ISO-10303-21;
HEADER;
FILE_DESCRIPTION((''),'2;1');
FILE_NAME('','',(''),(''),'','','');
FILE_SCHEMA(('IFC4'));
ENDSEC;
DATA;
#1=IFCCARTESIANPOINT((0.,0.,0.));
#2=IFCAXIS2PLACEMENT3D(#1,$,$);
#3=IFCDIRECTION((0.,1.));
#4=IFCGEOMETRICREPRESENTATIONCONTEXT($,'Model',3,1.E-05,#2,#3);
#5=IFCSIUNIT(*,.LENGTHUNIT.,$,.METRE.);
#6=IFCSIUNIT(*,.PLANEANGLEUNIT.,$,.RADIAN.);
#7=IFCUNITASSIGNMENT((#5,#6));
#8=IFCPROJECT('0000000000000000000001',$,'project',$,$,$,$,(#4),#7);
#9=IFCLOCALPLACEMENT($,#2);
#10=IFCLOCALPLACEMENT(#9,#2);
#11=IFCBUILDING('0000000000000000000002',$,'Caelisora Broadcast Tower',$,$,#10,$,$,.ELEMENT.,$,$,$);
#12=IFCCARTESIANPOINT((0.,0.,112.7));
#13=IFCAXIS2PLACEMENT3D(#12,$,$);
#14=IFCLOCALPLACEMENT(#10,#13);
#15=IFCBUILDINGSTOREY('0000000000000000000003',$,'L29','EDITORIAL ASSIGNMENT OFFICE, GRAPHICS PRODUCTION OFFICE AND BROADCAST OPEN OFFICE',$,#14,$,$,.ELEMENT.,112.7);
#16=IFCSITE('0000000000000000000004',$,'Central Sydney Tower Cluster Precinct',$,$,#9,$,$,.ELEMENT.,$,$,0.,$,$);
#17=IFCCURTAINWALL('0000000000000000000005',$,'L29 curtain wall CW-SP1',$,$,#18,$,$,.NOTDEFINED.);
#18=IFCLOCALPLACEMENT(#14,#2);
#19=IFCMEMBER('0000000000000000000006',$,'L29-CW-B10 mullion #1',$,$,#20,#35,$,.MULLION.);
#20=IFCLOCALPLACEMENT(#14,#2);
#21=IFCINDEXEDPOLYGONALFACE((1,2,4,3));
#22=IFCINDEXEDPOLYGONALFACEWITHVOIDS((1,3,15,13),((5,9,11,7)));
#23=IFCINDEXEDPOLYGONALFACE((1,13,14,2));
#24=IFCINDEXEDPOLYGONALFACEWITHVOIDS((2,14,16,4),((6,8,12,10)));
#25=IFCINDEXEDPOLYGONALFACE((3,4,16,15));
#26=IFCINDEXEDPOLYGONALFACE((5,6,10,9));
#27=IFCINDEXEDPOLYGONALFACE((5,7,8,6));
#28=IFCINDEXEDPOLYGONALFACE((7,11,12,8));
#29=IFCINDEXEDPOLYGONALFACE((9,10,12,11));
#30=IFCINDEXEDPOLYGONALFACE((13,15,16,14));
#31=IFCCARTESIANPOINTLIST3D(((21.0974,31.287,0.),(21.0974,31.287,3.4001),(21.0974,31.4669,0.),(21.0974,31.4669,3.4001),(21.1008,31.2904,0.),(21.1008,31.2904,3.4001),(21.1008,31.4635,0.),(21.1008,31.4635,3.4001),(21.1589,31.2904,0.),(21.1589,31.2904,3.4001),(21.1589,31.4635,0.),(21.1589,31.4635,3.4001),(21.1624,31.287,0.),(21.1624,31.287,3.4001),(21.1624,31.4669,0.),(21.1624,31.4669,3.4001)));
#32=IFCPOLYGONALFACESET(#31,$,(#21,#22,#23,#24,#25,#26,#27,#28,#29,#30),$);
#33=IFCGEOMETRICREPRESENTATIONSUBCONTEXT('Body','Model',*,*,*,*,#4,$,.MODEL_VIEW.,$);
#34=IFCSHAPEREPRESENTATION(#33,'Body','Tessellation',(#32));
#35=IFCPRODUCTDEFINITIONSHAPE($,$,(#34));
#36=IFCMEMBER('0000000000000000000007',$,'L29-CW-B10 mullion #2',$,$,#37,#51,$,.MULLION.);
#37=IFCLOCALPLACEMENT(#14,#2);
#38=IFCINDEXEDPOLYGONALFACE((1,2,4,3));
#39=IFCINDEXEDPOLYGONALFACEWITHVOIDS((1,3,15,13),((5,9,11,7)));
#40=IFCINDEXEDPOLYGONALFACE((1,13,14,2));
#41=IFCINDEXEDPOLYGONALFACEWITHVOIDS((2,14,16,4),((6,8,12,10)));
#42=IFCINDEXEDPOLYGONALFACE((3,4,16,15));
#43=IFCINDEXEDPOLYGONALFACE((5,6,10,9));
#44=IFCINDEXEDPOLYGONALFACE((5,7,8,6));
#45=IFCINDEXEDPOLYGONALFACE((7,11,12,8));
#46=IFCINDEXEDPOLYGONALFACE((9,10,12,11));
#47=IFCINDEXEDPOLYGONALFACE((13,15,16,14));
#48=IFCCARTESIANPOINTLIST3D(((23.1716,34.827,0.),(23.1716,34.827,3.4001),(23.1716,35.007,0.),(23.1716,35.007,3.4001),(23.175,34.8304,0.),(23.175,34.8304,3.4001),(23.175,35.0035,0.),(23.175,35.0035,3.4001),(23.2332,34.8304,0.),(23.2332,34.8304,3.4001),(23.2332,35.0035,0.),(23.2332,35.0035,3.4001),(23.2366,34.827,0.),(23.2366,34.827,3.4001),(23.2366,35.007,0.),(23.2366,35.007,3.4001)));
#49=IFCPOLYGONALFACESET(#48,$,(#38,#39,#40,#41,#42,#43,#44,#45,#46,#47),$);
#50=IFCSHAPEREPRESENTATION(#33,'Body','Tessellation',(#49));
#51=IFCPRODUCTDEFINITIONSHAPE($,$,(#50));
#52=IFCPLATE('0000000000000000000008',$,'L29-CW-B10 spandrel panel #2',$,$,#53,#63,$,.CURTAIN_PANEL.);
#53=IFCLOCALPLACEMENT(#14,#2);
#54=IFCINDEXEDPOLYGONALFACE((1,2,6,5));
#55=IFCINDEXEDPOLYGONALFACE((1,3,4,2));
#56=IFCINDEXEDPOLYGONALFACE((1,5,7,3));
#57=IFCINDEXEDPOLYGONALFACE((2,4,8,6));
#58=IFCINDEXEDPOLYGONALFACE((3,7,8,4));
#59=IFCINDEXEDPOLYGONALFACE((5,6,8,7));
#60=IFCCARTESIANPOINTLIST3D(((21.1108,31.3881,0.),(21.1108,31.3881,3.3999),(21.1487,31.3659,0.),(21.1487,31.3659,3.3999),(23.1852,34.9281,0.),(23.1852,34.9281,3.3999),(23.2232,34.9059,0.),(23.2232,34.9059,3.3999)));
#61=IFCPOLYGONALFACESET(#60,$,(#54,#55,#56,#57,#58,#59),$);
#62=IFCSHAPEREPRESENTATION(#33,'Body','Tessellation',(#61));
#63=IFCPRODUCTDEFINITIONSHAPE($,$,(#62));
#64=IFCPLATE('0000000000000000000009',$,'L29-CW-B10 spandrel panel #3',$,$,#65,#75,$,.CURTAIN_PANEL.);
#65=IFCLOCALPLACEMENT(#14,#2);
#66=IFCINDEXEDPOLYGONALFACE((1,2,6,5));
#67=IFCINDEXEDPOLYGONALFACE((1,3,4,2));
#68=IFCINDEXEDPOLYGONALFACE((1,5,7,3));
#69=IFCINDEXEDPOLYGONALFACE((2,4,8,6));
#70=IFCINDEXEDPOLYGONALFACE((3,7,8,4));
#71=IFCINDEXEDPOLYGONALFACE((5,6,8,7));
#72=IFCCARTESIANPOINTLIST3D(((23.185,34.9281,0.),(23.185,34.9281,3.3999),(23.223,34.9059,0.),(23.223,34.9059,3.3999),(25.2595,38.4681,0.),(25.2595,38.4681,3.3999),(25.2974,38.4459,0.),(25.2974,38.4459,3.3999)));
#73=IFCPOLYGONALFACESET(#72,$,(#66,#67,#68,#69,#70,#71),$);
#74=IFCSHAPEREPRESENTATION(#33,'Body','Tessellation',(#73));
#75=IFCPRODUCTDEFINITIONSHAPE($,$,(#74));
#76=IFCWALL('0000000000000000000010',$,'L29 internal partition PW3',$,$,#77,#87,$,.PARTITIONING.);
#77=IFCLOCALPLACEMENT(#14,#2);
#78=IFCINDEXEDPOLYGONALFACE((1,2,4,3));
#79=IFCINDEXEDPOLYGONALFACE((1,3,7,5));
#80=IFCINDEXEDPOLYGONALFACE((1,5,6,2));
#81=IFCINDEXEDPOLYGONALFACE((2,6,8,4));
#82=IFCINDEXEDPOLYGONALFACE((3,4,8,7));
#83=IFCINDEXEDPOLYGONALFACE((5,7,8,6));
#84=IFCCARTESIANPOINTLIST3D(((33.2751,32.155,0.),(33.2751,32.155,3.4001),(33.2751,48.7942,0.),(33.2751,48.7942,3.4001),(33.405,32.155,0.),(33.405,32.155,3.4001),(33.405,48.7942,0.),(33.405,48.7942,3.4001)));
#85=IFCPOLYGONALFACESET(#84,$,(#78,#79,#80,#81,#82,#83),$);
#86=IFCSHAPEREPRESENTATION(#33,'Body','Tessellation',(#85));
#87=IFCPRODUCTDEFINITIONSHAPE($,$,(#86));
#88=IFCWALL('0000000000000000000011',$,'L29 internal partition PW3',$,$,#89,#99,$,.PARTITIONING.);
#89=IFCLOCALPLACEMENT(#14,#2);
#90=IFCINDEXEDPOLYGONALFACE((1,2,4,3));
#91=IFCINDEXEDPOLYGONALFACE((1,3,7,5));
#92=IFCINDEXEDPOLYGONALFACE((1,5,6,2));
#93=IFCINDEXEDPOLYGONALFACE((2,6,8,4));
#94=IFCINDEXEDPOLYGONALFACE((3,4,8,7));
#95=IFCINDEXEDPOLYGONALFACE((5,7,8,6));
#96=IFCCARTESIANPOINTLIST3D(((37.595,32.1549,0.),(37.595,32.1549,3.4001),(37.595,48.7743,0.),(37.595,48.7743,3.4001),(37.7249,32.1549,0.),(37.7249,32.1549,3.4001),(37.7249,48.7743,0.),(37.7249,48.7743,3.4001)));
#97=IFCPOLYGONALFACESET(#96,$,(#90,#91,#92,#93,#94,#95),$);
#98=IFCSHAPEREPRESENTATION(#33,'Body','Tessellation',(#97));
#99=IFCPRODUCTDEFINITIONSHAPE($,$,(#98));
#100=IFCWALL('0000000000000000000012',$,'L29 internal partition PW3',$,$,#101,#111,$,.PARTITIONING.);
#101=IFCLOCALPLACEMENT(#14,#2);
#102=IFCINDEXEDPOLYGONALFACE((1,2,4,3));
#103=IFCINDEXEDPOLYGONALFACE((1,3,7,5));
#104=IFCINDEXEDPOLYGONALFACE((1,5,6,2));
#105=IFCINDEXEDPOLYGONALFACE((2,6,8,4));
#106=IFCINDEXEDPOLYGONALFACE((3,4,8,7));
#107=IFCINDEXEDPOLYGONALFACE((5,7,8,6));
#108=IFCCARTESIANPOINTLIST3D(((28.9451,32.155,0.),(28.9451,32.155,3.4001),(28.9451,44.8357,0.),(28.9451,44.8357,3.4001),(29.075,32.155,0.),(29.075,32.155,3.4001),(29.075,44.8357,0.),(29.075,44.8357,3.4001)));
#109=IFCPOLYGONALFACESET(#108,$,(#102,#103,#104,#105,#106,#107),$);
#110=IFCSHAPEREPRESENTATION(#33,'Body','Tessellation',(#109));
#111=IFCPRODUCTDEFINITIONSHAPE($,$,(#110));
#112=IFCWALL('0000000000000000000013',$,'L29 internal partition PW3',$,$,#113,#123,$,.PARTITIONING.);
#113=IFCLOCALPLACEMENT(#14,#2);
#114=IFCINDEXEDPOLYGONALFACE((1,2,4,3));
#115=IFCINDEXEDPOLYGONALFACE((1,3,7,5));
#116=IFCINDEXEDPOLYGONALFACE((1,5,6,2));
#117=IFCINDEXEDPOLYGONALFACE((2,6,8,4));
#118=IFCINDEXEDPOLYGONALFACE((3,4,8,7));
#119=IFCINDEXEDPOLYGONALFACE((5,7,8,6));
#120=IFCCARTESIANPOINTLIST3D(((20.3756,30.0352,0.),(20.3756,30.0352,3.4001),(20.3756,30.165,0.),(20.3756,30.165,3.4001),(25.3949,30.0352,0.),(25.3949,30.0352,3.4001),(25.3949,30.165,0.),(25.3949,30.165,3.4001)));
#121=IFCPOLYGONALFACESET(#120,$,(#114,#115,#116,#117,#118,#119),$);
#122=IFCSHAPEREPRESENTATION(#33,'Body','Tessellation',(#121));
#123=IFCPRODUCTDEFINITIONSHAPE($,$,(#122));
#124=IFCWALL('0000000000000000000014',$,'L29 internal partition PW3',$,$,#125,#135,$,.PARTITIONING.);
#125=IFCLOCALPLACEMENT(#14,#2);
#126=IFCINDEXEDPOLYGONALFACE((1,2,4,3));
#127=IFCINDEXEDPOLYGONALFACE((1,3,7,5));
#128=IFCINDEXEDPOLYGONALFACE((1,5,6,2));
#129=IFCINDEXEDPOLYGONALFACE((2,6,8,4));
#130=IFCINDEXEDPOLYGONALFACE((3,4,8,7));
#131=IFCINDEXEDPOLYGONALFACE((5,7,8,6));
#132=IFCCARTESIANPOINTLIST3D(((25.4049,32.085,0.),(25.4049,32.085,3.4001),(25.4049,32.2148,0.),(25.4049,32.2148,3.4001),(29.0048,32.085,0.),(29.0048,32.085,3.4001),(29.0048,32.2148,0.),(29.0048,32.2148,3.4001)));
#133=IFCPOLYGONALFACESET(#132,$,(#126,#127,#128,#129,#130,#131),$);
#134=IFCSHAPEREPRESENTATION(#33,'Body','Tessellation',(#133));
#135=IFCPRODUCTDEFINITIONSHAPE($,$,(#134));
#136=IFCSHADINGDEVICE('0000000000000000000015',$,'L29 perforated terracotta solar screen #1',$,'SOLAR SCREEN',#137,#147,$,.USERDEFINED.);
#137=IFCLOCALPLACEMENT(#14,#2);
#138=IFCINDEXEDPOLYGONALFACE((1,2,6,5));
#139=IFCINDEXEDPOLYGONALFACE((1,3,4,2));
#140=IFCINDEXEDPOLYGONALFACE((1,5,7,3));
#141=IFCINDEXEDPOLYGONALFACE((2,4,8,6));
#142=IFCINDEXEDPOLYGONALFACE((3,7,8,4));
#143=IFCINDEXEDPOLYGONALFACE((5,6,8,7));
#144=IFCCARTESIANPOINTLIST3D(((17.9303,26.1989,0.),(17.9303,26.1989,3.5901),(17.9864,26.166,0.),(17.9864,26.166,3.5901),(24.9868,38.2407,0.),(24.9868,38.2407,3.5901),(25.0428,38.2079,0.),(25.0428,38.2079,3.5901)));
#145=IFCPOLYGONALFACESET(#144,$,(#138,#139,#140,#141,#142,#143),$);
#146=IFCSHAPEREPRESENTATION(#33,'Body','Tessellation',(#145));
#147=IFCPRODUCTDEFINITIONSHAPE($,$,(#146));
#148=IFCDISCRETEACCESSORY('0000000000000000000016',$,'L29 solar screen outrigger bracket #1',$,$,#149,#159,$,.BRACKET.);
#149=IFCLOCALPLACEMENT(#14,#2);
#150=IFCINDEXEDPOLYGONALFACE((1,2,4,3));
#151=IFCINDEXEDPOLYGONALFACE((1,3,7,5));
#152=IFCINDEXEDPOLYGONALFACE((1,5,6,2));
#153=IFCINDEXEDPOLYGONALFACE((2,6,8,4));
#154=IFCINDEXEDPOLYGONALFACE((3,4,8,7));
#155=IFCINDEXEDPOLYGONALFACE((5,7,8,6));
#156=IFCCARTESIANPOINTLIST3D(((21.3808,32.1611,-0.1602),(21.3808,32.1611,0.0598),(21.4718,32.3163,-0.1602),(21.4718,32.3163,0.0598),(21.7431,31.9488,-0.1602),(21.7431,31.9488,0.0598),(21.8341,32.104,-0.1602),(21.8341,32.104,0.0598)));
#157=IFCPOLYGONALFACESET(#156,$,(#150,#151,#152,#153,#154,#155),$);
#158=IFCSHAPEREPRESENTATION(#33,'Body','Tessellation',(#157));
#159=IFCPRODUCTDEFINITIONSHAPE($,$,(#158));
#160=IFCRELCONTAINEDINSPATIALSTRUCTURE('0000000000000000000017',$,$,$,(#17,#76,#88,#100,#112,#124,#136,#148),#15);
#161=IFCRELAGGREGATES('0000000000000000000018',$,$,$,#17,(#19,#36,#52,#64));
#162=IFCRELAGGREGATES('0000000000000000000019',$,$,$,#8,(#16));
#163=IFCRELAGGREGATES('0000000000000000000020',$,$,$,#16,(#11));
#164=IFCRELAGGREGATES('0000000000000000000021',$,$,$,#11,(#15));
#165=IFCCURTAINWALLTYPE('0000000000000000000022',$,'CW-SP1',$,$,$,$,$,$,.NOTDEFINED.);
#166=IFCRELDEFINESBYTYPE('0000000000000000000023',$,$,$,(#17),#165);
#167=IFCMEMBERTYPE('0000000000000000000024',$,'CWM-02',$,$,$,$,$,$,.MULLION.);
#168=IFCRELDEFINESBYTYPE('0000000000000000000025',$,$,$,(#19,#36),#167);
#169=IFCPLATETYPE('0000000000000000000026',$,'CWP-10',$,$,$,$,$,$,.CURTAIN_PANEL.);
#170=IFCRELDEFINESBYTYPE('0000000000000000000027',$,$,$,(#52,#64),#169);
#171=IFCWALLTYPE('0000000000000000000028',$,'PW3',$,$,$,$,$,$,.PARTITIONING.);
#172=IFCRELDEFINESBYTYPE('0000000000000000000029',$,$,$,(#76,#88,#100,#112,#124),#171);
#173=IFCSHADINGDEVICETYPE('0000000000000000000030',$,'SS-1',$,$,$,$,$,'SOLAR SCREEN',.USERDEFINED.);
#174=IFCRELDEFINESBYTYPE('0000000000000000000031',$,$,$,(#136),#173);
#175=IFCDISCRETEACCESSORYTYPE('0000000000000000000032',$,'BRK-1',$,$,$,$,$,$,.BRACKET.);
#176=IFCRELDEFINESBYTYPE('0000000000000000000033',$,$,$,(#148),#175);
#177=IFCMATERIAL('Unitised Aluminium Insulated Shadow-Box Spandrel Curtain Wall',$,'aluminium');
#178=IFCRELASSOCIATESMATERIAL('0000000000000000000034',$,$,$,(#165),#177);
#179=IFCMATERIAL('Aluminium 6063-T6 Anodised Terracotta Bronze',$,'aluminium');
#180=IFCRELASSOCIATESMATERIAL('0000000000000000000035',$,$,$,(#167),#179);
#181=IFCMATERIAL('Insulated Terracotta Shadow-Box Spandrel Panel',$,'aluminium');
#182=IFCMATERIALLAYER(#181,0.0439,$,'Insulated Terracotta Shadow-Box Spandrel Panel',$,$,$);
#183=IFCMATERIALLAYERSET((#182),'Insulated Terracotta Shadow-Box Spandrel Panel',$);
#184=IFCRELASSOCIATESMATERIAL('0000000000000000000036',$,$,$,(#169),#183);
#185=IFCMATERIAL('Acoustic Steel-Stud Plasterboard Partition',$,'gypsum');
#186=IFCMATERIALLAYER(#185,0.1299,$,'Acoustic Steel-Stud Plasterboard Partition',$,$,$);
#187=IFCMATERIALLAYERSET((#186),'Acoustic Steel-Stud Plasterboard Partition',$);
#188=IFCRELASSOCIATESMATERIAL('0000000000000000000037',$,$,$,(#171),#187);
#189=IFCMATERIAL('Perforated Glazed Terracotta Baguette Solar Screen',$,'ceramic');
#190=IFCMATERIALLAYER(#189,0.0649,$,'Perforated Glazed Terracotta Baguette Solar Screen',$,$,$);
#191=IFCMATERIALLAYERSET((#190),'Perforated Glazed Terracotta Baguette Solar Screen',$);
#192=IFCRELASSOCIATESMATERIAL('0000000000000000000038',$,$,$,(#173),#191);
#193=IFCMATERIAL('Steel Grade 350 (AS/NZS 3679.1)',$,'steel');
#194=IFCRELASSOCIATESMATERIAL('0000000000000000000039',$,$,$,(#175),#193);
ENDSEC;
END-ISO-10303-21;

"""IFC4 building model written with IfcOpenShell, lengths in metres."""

from ifc_helpers import new_model, si_unit, direction, frame, frame_2d, origin, origin_2d, place, context, subcontext, project, spatial, rectangle, hollow_rectangle, extrude, source, transform, mapped, material, layer, layer_set, material_profile, profile_set, type_object, type_shapes, element, aggregate, save


model = new_model("IFC4")

# Units and contexts
model_context = context("Model", 3, precision=1e-05, world=origin(), true_north=direction((0.0, 1.0)))
body_context = subcontext(model_context, "Body", "Model", "MODEL_VIEW")
ifc_project = project(units=[si_unit("LENGTHUNIT", "METRE"), si_unit("PLANEANGLEUNIT", "RADIAN")], contexts=[model_context])

# Site, building, storey
site_placement = place(None, origin())
site = spatial("IfcSite", under=ifc_project, at=site_placement, Name="Central Sydney Tower Cluster Precinct", CompositionType="ELEMENT", RefElevation=0.0)
building_placement = place(site_placement, origin())
building = spatial("IfcBuilding", under=site, at=building_placement, Name="Caelisora Broadcast Tower", CompositionType="ELEMENT")
storey_placement = place(building_placement, frame((0.0, 0.0, 112.7)))
storey = spatial("IfcBuildingStorey", under=building, at=storey_placement, Name="L29", Description="EDITORIAL ASSIGNMENT OFFICE, GRAPHICS PRODUCTION OFFICE AND BROADCAST OPEN OFFICE", CompositionType="ELEMENT", Elevation=112.7)

# Shared definitions
ifc_material_1 = material(Name="Steel Grade 350 (AS/NZS 3679.1)", Category="steel")

# Curtain wall, members, plates
ifc_material_2 = material(Name="Unitised Aluminium Insulated Shadow-Box Spandrel Curtain Wall", Category="aluminium")
curtain_wall_type = type_object("IfcCurtainWallType", Name="CW-SP1", PredefinedType="NOTDEFINED", material=ifc_material_2)
curtain_wall_placement = place(storey_placement, origin())
curtain_wall = element("IfcCurtainWall", 1, at=curtain_wall_placement, inside=storey, type_object=curtain_wall_type, Name="L29 curtain wall CW-SP1", PredefinedType="NOTDEFINED")
ifc_material_3 = material(Name="Aluminium 6063-T6 Anodised Terracotta Bronze", Category="aluminium")
ifc_material_profile_1 = material_profile(ifc_material_3, hollow_rectangle(XDim=0.0649, YDim=0.1799, WallThickness=0.0034, at=origin_2d()), Name="Aluminium 6063-T6 Anodised Terracotta Bronze")
ifc_profile_set_1 = profile_set([ifc_material_profile_1], Name="Aluminium 6063-T6 Anodised Terracotta Bronze")
member_type = type_object("IfcMemberType", Name="CWM-02", PredefinedType="MULLION", material=ifc_profile_set_1)
shared_shape_1 = source(origin(), body_context, "Body", "SweptSolid", [
    extrude(hollow_rectangle(XDim=0.0649, YDim=0.1799, WallThickness=0.0034, at=origin_2d()), origin(), (0.0, 0.0, 1.0), 3.4001),
])
type_shapes(member_type, [shared_shape_1])
member_1_placement = place(storey_placement, frame((21.1299, 31.377, 0.0), z_axis=(0.0, 0.0, 1.0), x_axis=(1.0, 0.0, 0.0)))
member_1 = element("IfcMember", 2, at=member_1_placement, type_object=member_type, Name="L29-CW-B10 mullion #1", PredefinedType="MULLION", context=body_context, shape_type="MappedRepresentation", body=[
    mapped(shared_shape_1, transform((0.0, 0.0, 0.0), scale=1.0)),
])
member_2_placement = place(storey_placement, frame((23.2041, 34.917, 0.0), z_axis=(0.0, 0.0, 1.0), x_axis=(1.0, 0.0, 0.0)))
member_2 = element("IfcMember", 3, at=member_2_placement, type_object=member_type, Name="L29-CW-B10 mullion #2", PredefinedType="MULLION", context=body_context, shape_type="MappedRepresentation", body=[
    mapped(shared_shape_1, transform((0.0, 0.0, 0.0), scale=1.0)),
])
ifc_material_4 = material(Name="Insulated Terracotta Shadow-Box Spandrel Panel", Category="aluminium")
ifc_layer_1 = layer(ifc_material_4, 0.0439, Name="Insulated Terracotta Shadow-Box Spandrel Panel")
ifc_layer_set_1 = layer_set([ifc_layer_1], Name="Insulated Terracotta Shadow-Box Spandrel Panel")
plate_type = type_object("IfcPlateType", Name="CWP-10", PredefinedType="CURTAIN_PANEL", material=ifc_layer_set_1)
shared_shape_2 = source(origin(), body_context, "Body", "SweptSolid", [
    extrude(rectangle(XDim=4.103, YDim=0.0439, at=origin_2d()), origin(), (0.0, 0.0, 1.0), 3.3999),
])
type_shapes(plate_type, [shared_shape_2])
plate_1_placement = place(storey_placement, frame((22.167, 33.147, 0.0), z_axis=(0.0, 0.0, 1.0), x_axis=(0.505582, 0.862779, 0.0)))
plate_1 = element("IfcPlate", 4, at=plate_1_placement, type_object=plate_type, Name="L29-CW-B10 spandrel panel #2", PredefinedType="CURTAIN_PANEL", context=body_context, shape_type="MappedRepresentation", body=[
    mapped(shared_shape_2, transform((0.0, 0.0, 0.0), scale=1.0)),
])
plate_2_placement = place(storey_placement, frame((24.2412, 36.687, 0.0), z_axis=(0.0, 0.0, 1.0), x_axis=(0.505582, 0.862779, 0.0)))
plate_2 = element("IfcPlate", 5, at=plate_2_placement, type_object=plate_type, Name="L29-CW-B10 spandrel panel #3", PredefinedType="CURTAIN_PANEL", context=body_context, shape_type="MappedRepresentation", body=[
    mapped(shared_shape_2, transform((0.0, 0.0, 0.0), scale=1.0)),
])
aggregate(curtain_wall, [member_1, member_2, plate_1, plate_2])

# Walls
ifc_material_5 = material(Name="Acoustic Steel-Stud Plasterboard Partition", Category="gypsum")
ifc_layer_2 = layer(ifc_material_5, 0.1299, Name="Acoustic Steel-Stud Plasterboard Partition")
ifc_layer_set_2 = layer_set([ifc_layer_2], Name="Acoustic Steel-Stud Plasterboard Partition")
wall_type = type_object("IfcWallType", Name="PW3", PredefinedType="PARTITIONING", material=ifc_layer_set_2)
wall_1_placement = place(storey_placement, frame((33.3401, 32.155, 0.0), z_axis=(0.0, 0.0, 1.0), x_axis=(0.0, 1.0, 0.0)))
element("IfcWall", 6, at=wall_1_placement, inside=storey, type_object=wall_type, Name="L29 internal partition PW3", PredefinedType="PARTITIONING", context=body_context, shape_type="SweptSolid", body=[
    extrude(rectangle(XDim=16.6392, YDim=0.1299, at=frame_2d((8.3196, 0.0))), origin(), (0.0, 0.0, 1.0), 3.4001),
])
wall_2_placement = place(storey_placement, frame((37.6599, 32.155, 0.0), z_axis=(0.0, 0.0, 1.0), x_axis=(0.0, 1.0, 0.0)))
element("IfcWall", 7, at=wall_2_placement, inside=storey, type_object=wall_type, Name="L29 internal partition PW3", PredefinedType="PARTITIONING", context=body_context, shape_type="SweptSolid", body=[
    extrude(rectangle(XDim=16.6194, YDim=0.1299, at=frame_2d((8.3096, 0.0))), origin(), (0.0, 0.0, 1.0), 3.4001),
])
wall_3_placement = place(storey_placement, frame((29.01, 32.155, 0.0), z_axis=(0.0, 0.0, 1.0), x_axis=(0.0, 1.0, 0.0)))
element("IfcWall", 8, at=wall_3_placement, inside=storey, type_object=wall_type, Name="L29 internal partition PW3", PredefinedType="PARTITIONING", context=body_context, shape_type="SweptSolid", body=[
    extrude(rectangle(XDim=12.6807, YDim=0.1299, at=frame_2d((6.3403, 0.0))), origin(), (0.0, 0.0, 1.0), 3.4001),
])
wall_4_placement = place(storey_placement, frame((25.395, 30.1001, 0.0), z_axis=(0.0, 0.0, 1.0), x_axis=(-1.0, 0.0, 0.0)))
element("IfcWall", 9, at=wall_4_placement, inside=storey, type_object=wall_type, Name="L29 internal partition PW3", PredefinedType="PARTITIONING", context=body_context, shape_type="SweptSolid", body=[
    extrude(rectangle(XDim=5.0193, YDim=0.1299, at=frame_2d((2.5098, 0.0))), origin(), (0.0, 0.0, 1.0), 3.4001),
])

# Wall
wall_5_placement = place(storey_placement, frame((25.405, 32.1499, 0.0), z_axis=(0.0, 0.0, 1.0), x_axis=(1.0, 0.0, 0.0)))
element("IfcWall", 10, at=wall_5_placement, inside=storey, type_object=wall_type, Name="L29 internal partition PW3", PredefinedType="PARTITIONING", context=body_context, shape_type="SweptSolid", body=[
    extrude(rectangle(XDim=3.5999, YDim=0.1299, at=frame_2d((1.7998, 0.0))), origin(), (0.0, 0.0, 1.0), 3.4001),
])

# Shading device
ifc_material_6 = material(Name="Perforated Glazed Terracotta Baguette Solar Screen", Category="ceramic")
ifc_layer_3 = layer(ifc_material_6, 0.0649, Name="Perforated Glazed Terracotta Baguette Solar Screen")
ifc_layer_set_3 = layer_set([ifc_layer_3], Name="Perforated Glazed Terracotta Baguette Solar Screen")
shading_device_type = type_object("IfcShadingDeviceType", Name="SS-1", ElementType="SOLAR SCREEN", PredefinedType="USERDEFINED", material=ifc_layer_set_3)
shared_shape_3 = source(origin(), body_context, "Body", "SweptSolid", [
    extrude(rectangle(XDim=13.957, YDim=0.0649, at=origin_2d()), origin(), (0.0, 0.0, 1.0), 3.5901),
])
type_shapes(shading_device_type, [shared_shape_3])
shading_device_placement = place(storey_placement, frame((21.4866, 32.2034, 0.0), z_axis=(0.0, 0.0, 1.0), x_axis=(-0.505582, -0.862779, 0.0)))
element("IfcShadingDevice", 11, at=shading_device_placement, inside=storey, type_object=shading_device_type, Name="L29 perforated terracotta solar screen #1", ObjectType="SOLAR SCREEN", PredefinedType="USERDEFINED", context=body_context, shape_type="MappedRepresentation", body=[
    mapped(shared_shape_3, transform((0.0, 0.0, 0.0), scale=1.0)),
])

# Discrete accessory
discrete_accessory_type = type_object("IfcDiscreteAccessoryType", Name="BRK-1", PredefinedType="BRACKET", material=ifc_material_1)
shared_shape_4 = source(origin(), body_context, "Body", "SweptSolid", [
    extrude(rectangle(XDim=0.1799, YDim=0.4199, at=origin_2d()), origin(), (0.0, 0.0, 1.0), 0.22),
])
type_shapes(discrete_accessory_type, [shared_shape_4])
discrete_accessory_placement = place(storey_placement, frame((21.6074, 32.1326, -0.1602), z_axis=(0.0, 0.0, 1.0), x_axis=(-0.505582, -0.862779, 0.0)))
element("IfcDiscreteAccessory", 12, at=discrete_accessory_placement, inside=storey, type_object=discrete_accessory_type, Name="L29 solar screen outrigger bracket #1", PredefinedType="BRACKET", context=body_context, shape_type="MappedRepresentation", body=[
    mapped(shared_shape_4, transform((0.0, 0.0, 0.0), scale=1.0)),
])

save(model, "model.ifc")
